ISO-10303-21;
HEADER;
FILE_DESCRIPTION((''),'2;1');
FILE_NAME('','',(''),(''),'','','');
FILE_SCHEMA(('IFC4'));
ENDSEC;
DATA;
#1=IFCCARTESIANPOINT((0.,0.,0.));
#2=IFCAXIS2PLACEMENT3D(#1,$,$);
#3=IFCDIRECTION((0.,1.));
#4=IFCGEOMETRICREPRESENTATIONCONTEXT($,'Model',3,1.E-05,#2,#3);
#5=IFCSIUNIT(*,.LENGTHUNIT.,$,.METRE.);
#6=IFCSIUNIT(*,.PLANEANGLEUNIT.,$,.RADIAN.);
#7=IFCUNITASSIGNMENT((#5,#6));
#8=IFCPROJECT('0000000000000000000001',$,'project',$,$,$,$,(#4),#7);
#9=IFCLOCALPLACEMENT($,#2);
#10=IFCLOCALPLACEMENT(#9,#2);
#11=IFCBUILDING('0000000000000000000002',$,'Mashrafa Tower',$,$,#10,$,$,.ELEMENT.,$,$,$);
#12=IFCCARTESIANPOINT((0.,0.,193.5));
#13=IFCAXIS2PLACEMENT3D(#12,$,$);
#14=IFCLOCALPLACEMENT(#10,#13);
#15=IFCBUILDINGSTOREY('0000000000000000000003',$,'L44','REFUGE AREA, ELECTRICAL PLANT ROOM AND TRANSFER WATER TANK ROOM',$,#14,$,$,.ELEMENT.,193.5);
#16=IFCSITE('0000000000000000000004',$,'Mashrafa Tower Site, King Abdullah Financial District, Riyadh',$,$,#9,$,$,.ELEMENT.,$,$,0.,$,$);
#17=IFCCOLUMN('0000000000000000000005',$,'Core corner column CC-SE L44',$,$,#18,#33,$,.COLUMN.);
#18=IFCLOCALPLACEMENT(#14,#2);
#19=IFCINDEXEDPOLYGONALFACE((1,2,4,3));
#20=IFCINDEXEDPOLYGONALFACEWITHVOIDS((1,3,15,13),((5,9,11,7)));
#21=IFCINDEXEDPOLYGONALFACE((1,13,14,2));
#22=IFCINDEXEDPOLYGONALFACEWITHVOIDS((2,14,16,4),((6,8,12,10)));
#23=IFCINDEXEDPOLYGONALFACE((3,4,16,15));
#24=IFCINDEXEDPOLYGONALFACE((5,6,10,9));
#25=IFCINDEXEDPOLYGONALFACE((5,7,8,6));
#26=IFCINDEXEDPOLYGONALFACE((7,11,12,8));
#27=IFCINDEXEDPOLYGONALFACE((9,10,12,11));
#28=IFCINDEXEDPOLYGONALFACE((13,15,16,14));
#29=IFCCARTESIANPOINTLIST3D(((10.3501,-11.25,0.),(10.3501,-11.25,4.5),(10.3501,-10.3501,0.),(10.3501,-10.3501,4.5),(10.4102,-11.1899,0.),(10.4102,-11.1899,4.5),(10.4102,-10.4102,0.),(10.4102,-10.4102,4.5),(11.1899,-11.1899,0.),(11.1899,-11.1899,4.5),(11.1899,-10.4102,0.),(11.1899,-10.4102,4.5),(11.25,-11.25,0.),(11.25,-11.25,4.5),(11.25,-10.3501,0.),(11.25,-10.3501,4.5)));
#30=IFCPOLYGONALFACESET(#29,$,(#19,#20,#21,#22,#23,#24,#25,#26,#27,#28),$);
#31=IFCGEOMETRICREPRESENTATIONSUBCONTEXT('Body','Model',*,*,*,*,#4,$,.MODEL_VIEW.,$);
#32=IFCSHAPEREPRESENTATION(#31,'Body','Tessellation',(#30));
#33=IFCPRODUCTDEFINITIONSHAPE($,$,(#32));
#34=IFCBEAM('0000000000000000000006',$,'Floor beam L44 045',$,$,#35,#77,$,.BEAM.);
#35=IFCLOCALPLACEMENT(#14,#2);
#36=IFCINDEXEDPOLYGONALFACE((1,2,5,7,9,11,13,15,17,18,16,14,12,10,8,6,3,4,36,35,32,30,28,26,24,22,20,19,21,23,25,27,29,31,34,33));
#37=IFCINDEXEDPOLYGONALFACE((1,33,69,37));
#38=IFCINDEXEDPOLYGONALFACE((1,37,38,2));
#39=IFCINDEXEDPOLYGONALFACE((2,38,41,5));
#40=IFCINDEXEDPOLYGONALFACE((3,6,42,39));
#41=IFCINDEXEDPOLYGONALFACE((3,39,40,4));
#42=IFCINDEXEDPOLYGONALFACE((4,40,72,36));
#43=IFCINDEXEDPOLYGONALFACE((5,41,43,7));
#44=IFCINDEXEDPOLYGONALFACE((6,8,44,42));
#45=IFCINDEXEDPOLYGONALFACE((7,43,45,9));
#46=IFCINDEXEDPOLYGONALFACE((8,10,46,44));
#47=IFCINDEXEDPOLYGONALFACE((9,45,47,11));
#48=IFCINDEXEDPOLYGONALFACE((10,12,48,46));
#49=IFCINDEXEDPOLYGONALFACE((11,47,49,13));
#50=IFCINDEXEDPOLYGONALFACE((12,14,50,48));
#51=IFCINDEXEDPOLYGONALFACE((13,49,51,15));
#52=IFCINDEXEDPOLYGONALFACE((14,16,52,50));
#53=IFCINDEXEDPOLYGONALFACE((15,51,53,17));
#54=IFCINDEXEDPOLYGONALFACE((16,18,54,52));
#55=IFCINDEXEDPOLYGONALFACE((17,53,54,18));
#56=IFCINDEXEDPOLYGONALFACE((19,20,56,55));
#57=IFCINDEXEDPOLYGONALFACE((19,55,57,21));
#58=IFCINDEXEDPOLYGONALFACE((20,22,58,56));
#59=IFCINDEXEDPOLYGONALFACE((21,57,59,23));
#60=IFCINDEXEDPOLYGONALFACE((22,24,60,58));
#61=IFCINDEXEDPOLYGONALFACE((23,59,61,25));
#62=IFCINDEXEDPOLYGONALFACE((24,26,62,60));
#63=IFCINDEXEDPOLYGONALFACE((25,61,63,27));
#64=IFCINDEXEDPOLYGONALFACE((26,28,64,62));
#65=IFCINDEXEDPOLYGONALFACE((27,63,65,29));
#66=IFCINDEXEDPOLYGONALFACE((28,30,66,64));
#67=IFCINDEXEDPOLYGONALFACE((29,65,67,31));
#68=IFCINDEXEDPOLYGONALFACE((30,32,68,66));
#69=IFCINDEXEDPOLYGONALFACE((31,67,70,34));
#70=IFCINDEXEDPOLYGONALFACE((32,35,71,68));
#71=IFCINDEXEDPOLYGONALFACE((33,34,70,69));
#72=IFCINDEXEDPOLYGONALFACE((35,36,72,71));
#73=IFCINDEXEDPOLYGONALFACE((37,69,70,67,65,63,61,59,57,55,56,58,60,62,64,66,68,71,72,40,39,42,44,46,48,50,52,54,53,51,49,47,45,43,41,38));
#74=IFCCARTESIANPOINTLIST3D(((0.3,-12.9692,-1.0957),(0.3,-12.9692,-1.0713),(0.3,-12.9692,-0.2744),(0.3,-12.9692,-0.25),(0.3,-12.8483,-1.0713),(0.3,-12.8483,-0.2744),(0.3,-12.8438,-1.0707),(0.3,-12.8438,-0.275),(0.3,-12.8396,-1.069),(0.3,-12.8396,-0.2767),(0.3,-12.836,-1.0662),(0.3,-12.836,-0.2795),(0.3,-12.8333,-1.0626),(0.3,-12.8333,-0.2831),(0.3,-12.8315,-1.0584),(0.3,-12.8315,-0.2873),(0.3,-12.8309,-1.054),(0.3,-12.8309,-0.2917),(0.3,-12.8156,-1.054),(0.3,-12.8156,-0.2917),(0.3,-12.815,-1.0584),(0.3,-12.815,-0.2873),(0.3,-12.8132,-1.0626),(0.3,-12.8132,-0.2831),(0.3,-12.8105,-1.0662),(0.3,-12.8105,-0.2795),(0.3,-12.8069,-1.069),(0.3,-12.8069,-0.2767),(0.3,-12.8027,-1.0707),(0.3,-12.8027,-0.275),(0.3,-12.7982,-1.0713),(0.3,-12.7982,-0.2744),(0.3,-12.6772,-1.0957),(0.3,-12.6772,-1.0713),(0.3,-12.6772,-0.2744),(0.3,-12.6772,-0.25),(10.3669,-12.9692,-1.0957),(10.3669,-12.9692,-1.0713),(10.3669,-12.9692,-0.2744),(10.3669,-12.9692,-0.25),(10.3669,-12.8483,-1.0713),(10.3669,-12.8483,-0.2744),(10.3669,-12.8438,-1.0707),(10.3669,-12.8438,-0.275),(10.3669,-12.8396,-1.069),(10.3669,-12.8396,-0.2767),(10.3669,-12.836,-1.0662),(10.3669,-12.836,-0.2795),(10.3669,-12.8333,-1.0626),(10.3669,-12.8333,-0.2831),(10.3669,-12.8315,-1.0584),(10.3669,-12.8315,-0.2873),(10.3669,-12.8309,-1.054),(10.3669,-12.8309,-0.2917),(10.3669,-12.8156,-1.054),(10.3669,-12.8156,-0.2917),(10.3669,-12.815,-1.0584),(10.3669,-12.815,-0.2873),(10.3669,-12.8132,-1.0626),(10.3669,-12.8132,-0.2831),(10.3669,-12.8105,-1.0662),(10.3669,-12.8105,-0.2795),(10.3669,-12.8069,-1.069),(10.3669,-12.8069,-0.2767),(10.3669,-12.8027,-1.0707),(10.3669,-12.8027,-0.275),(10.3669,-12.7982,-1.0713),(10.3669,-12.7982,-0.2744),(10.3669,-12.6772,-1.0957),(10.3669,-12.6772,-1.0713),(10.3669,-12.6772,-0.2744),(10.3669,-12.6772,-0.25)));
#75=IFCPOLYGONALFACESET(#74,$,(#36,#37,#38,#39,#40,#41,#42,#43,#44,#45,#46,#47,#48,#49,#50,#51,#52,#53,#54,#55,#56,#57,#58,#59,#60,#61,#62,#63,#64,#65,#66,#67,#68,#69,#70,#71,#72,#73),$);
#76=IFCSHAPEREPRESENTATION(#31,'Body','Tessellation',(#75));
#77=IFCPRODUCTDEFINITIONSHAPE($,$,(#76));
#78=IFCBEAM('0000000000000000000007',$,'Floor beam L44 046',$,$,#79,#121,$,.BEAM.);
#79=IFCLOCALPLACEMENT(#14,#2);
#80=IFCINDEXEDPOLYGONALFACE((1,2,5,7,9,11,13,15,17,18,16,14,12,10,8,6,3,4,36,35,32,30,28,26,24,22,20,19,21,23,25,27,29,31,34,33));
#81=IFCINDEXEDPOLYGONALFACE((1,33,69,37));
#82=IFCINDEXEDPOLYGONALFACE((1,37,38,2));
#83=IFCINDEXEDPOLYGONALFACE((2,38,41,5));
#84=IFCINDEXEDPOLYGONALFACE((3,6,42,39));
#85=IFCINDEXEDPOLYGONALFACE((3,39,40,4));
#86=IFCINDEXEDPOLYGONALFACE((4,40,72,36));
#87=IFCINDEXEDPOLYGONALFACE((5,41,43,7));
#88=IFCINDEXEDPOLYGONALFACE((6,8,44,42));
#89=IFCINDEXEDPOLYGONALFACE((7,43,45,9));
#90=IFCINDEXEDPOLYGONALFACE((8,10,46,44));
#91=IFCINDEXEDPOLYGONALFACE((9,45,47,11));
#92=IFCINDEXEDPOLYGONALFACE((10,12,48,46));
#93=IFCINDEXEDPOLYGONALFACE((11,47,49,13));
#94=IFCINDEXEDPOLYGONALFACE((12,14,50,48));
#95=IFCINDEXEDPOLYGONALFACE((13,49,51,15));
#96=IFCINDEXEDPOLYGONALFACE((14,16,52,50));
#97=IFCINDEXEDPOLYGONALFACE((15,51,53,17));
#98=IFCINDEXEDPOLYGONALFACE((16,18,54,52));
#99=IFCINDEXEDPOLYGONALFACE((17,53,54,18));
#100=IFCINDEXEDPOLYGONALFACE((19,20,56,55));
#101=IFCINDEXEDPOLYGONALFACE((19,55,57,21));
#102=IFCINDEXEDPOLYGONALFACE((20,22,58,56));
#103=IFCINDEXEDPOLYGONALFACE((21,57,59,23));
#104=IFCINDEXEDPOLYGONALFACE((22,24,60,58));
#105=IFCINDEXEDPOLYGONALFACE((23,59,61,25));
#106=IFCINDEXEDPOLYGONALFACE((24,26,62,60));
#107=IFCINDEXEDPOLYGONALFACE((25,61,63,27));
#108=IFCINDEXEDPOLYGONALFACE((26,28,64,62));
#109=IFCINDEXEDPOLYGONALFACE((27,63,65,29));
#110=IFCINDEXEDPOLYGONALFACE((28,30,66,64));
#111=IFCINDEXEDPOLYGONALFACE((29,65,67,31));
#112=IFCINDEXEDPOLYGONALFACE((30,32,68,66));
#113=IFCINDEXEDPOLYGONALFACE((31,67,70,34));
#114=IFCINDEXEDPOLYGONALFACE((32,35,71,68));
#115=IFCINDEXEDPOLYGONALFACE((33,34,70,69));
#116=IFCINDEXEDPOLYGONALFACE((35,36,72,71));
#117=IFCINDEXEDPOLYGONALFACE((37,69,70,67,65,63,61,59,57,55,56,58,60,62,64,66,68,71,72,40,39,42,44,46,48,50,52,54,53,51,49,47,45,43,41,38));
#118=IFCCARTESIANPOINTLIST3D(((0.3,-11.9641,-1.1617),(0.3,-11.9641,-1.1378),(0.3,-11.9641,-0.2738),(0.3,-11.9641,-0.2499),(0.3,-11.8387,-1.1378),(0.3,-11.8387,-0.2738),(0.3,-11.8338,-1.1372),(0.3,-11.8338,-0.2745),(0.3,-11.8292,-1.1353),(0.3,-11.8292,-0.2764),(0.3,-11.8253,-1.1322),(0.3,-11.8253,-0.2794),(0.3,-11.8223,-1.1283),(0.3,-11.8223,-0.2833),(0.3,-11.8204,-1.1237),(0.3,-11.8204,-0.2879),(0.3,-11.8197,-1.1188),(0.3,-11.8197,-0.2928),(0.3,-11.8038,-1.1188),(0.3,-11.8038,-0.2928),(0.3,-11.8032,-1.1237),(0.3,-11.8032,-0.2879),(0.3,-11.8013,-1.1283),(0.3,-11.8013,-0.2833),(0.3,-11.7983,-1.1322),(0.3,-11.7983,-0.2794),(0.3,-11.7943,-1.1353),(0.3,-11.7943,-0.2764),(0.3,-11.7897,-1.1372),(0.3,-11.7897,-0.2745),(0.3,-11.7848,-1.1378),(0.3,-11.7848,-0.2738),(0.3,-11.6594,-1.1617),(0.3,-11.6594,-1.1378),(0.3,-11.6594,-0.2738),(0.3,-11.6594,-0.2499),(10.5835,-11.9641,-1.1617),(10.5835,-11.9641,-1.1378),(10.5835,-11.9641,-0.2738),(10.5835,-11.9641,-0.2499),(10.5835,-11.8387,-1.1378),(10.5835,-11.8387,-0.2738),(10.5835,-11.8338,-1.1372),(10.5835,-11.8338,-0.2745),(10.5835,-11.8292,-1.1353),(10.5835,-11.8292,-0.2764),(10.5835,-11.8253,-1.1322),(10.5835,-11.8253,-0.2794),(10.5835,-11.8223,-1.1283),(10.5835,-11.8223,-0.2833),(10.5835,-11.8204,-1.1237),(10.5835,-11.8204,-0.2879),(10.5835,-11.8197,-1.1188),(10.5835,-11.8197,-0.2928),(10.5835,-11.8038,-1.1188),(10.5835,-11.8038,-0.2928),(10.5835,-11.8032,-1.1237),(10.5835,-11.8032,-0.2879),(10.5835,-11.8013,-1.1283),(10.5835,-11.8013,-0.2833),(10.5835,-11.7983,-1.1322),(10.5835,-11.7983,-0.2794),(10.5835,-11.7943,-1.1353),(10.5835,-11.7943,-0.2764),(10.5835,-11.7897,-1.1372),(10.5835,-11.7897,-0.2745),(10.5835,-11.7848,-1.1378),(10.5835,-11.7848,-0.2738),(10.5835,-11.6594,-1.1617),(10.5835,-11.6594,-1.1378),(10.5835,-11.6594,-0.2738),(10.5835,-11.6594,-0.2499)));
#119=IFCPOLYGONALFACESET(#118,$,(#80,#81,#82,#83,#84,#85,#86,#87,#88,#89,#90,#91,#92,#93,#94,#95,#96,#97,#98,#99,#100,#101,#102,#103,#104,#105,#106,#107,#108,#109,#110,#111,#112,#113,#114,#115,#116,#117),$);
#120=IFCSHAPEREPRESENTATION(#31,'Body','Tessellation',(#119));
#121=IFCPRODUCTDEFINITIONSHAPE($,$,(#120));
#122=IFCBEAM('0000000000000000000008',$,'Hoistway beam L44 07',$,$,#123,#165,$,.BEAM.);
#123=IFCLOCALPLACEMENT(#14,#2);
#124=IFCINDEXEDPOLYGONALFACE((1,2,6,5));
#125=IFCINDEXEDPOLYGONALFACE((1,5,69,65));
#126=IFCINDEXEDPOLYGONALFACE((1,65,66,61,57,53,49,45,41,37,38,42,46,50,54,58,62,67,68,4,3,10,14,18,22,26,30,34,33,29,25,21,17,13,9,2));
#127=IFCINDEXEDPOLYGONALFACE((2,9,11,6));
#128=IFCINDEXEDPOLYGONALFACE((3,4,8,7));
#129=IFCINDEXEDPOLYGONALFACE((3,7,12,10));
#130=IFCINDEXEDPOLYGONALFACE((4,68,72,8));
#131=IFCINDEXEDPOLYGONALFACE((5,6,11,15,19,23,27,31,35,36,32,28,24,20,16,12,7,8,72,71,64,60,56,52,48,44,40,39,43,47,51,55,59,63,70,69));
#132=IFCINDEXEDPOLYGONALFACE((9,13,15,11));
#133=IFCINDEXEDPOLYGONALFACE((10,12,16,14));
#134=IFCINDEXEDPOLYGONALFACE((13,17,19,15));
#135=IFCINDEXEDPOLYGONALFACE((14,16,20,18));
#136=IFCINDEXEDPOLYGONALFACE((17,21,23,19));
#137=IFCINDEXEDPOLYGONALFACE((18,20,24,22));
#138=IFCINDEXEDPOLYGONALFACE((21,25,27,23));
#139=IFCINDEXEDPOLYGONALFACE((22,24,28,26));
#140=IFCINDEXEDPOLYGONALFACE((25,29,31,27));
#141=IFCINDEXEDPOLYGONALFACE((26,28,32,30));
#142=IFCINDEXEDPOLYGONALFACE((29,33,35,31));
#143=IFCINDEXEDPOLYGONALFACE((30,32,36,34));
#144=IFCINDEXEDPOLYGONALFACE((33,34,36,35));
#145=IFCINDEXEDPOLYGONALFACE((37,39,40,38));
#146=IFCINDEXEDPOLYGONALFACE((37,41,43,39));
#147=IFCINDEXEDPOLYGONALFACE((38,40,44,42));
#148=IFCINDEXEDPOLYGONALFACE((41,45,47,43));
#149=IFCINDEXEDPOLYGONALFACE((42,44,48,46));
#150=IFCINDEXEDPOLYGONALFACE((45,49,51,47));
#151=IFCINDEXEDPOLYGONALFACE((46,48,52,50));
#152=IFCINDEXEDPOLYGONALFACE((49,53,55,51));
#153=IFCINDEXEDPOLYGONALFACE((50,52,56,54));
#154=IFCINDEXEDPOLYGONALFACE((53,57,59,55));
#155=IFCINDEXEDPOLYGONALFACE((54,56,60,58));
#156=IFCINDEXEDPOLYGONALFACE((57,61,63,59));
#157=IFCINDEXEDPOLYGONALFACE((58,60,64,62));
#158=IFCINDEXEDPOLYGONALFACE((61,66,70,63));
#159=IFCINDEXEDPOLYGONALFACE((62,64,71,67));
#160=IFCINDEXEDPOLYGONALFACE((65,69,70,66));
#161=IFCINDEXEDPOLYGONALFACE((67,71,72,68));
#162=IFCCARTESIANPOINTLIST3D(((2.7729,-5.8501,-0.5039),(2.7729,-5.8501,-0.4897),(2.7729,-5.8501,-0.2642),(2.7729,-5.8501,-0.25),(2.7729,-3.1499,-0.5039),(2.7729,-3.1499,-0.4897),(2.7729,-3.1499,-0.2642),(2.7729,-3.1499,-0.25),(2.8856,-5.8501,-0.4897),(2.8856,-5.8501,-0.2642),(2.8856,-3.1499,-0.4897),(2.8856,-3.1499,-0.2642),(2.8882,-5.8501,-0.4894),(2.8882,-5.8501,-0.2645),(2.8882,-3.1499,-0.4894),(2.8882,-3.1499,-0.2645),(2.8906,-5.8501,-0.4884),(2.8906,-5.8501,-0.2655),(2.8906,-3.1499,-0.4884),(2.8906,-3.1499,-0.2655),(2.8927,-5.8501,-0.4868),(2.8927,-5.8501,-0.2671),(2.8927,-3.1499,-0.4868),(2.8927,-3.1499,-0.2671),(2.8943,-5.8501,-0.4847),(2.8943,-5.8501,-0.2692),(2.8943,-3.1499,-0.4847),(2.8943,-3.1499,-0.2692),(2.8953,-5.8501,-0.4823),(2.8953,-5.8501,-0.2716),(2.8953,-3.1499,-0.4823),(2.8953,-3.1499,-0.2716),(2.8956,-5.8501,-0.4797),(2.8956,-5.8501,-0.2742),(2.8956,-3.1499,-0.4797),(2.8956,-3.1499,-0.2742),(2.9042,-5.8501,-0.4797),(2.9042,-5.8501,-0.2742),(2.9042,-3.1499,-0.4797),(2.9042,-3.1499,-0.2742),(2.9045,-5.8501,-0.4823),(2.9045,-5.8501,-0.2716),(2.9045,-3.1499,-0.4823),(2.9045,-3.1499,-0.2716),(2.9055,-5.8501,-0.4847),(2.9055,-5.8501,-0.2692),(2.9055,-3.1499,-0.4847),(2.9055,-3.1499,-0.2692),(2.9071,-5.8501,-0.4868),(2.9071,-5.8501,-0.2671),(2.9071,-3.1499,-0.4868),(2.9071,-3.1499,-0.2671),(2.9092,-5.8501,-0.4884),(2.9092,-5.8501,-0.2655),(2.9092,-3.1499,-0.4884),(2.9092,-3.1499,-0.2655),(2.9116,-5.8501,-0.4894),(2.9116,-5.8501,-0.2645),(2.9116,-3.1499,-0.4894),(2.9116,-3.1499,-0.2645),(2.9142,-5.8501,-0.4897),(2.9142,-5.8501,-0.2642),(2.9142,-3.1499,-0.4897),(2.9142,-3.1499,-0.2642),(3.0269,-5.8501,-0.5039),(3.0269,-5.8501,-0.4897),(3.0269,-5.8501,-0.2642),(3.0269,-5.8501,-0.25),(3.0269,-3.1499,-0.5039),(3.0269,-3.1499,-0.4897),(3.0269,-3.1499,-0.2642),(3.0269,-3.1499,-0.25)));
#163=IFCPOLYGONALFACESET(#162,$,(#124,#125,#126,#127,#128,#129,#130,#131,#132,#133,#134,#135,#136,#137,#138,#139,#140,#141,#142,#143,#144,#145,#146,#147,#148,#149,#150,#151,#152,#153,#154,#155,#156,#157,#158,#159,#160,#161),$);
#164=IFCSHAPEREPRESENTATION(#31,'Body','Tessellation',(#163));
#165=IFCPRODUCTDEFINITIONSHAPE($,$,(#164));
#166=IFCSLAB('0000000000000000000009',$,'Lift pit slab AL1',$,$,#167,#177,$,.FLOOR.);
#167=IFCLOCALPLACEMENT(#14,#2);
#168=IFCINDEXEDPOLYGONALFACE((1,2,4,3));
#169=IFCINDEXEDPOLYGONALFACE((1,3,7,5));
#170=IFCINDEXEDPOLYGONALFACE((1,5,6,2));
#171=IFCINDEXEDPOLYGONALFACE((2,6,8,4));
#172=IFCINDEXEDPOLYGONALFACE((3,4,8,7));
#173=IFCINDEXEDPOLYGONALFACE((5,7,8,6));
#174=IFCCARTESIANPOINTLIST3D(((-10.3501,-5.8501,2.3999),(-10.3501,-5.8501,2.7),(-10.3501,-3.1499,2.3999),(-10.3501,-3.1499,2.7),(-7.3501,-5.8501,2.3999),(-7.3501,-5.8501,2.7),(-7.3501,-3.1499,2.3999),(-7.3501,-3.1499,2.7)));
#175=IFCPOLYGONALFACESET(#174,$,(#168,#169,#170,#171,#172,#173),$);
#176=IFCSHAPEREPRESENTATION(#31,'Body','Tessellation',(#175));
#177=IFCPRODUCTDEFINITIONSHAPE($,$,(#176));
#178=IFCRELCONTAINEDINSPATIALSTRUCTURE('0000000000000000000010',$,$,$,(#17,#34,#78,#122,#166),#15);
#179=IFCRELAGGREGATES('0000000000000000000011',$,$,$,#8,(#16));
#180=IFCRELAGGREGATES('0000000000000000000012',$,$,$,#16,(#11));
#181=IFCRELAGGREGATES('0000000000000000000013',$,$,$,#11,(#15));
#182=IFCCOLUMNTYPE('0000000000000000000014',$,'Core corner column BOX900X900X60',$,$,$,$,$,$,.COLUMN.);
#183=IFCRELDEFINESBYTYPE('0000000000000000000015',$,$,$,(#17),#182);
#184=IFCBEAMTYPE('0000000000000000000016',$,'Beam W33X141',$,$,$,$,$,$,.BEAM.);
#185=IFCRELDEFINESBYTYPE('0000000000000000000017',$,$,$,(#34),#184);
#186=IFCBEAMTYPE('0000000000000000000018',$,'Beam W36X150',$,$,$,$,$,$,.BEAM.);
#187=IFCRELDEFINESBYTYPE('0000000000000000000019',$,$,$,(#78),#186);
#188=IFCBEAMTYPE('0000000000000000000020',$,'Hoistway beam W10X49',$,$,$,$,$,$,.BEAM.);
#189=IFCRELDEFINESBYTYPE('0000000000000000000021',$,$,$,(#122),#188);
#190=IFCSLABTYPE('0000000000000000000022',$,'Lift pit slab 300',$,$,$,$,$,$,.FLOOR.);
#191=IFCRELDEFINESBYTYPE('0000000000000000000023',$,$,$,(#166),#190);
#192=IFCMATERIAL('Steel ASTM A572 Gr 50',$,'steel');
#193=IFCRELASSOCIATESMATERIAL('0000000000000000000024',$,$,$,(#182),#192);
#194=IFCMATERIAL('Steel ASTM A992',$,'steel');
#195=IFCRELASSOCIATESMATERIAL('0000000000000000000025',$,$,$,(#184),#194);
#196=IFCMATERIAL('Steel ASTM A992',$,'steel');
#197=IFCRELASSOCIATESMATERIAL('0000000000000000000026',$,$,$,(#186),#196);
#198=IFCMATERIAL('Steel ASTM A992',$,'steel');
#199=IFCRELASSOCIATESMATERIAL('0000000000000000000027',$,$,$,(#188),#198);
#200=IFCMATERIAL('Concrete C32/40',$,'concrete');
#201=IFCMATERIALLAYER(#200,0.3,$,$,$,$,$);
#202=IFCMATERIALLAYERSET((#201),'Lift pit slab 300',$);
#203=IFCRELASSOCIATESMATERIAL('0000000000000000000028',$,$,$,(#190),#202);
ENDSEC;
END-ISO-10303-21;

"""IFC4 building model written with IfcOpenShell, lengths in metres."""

from ifc_helpers import new_model, si_unit, direction, frame, origin, origin_2d, place, context, subcontext, project, spatial, polyline, hollow_rectangle, i_section, outline, extrude, material, layer, layer_set, material_profile, profile_set, type_object, element, save


model = new_model("IFC4")

# Units and contexts
model_context = context("Model", 3, precision=1e-05, world=origin(), true_north=direction((0.0, 1.0)))
body_context = subcontext(model_context, "Body", "Model", "MODEL_VIEW")
ifc_project = project(units=[si_unit("LENGTHUNIT", "METRE"), si_unit("PLANEANGLEUNIT", "RADIAN")], contexts=[model_context])

# Site, building, storey
site_placement = place(None, origin())
site = spatial("IfcSite", under=ifc_project, at=site_placement, Name="Mashrafa Tower Site, King Abdullah Financial District, Riyadh", CompositionType="ELEMENT", RefElevation=0.0)
building_placement = place(site_placement, origin())
building = spatial("IfcBuilding", under=site, at=building_placement, Name="Mashrafa Tower", CompositionType="ELEMENT")
storey_placement = place(building_placement, frame((0.0, 0.0, 193.5)))
storey = spatial("IfcBuildingStorey", under=building, at=storey_placement, Name="L44", Description="REFUGE AREA, ELECTRICAL PLANT ROOM AND TRANSFER WATER TANK ROOM", CompositionType="ELEMENT", Elevation=193.5)

# Column
ifc_material_1 = material(Name="Steel ASTM A572 Gr 50", Category="steel")
ifc_material_profile_1 = material_profile(ifc_material_1, hollow_rectangle(XDim=0.8999, YDim=0.8999, WallThickness=0.0601, at=origin_2d()), Name="BOX900X900X60")
ifc_profile_set_1 = profile_set([ifc_material_profile_1], Name="Steel ASTM A572 Gr 50")
column_type = type_object("IfcColumnType", Name="Core corner column BOX900X900X60", PredefinedType="COLUMN", material=ifc_profile_set_1)
column_placement = place(storey_placement, frame((10.8, -10.8, 0.0), z_axis=(0.0, 0.0, 1.0), x_axis=(1.0, 0.0, 0.0)))
element("IfcColumn", 1, at=column_placement, inside=storey, type_object=column_type, Name="Core corner column CC-SE L44", PredefinedType="COLUMN", context=body_context, shape_type="SweptSolid", body=[
    extrude(hollow_rectangle(XDim=0.8999, YDim=0.8999, WallThickness=0.0601, at=origin_2d()), origin(), (0.0, 0.0, 1.0), 4.5),
])

# Beams
ifc_material_2 = material(Name="Steel ASTM A992", Category="steel")
ifc_material_profile_2 = material_profile(ifc_material_2, i_section(OverallWidth=0.292, OverallDepth=0.8457, WebThickness=0.0154, FlangeThickness=0.0244, FilletRadius=0.0173, at=origin_2d()), Name="W33X141")
ifc_profile_set_2 = profile_set([ifc_material_profile_2], Name="Steel ASTM A992")
beam_type_1 = type_object("IfcBeamType", Name="Beam W33X141", PredefinedType="BEAM", material=ifc_profile_set_2)
beam_1_placement = place(storey_placement, frame((10.3669, -12.8232, -0.6729), z_axis=(-1.0, 0.0, 0.0), x_axis=(0.0, -1.0, 0.0)))
element("IfcBeam", 2, at=beam_1_placement, inside=storey, type_object=beam_type_1, Name="Floor beam L44 045", PredefinedType="BEAM", context=body_context, shape_type="SweptSolid", body=[
    extrude(i_section(OverallWidth=0.292, OverallDepth=0.8457, WebThickness=0.0154, FlangeThickness=0.0244, FilletRadius=0.0173, at=origin_2d()), origin(), (0.0, 0.0, 1.0), 10.0669),
])
ifc_material_3 = material(Name="Steel ASTM A992", Category="steel")
ifc_material_profile_3 = material_profile(ifc_material_3, i_section(OverallWidth=0.3047, OverallDepth=0.9119, WebThickness=0.0159, FlangeThickness=0.0239, FilletRadius=0.019, at=origin_2d()), Name="W36X150")
ifc_profile_set_3 = profile_set([ifc_material_profile_3], Name="Steel ASTM A992")
beam_type_2 = type_object("IfcBeamType", Name="Beam W36X150", PredefinedType="BEAM", material=ifc_profile_set_3)
beam_2_placement = place(storey_placement, frame((10.5835, -11.8118, -0.7058), z_axis=(-1.0, 0.0, 0.0), x_axis=(0.0, -1.0, 0.0)))
element("IfcBeam", 3, at=beam_2_placement, inside=storey, type_object=beam_type_2, Name="Floor beam L44 046", PredefinedType="BEAM", context=body_context, shape_type="SweptSolid", body=[
    extrude(i_section(OverallWidth=0.3047, OverallDepth=0.9119, WebThickness=0.0159, FlangeThickness=0.0239, FilletRadius=0.019, at=origin_2d()), origin(), (0.0, 0.0, 1.0), 10.2834),
])
ifc_material_4 = material(Name="Steel ASTM A992", Category="steel")
ifc_material_profile_4 = material_profile(ifc_material_4, i_section(OverallWidth=0.2539, OverallDepth=0.2539, WebThickness=0.0085, FlangeThickness=0.0142, FilletRadius=0.01, at=origin_2d()), Name="W10X49")
ifc_profile_set_4 = profile_set([ifc_material_profile_4], Name="Steel ASTM A992")
beam_type_3 = type_object("IfcBeamType", Name="Hoistway beam W10X49", PredefinedType="BEAM", material=ifc_profile_set_4)
beam_3_placement = place(storey_placement, frame((2.8999, -5.8501, -0.377), z_axis=(0.0, 1.0, 0.0), x_axis=(-1.0, 0.0, 0.0)))
element("IfcBeam", 4, at=beam_3_placement, inside=storey, type_object=beam_type_3, Name="Hoistway beam L44 07", PredefinedType="BEAM", context=body_context, shape_type="SweptSolid", body=[
    extrude(i_section(OverallWidth=0.2539, OverallDepth=0.2539, WebThickness=0.0085, FlangeThickness=0.0142, FilletRadius=0.01, at=origin_2d()), origin(), (0.0, 0.0, 1.0), 2.7002),
])

# Slab
ifc_material_5 = material(Name="Concrete C32/40", Category="concrete")
ifc_layer_1 = layer(ifc_material_5, 0.3)
ifc_layer_set_1 = layer_set([ifc_layer_1], Name="Lift pit slab 300")
slab_type_1 = type_object("IfcSlabType", Name="Lift pit slab 300", PredefinedType="FLOOR", material=ifc_layer_set_1)
slab_1_placement = place(storey_placement, frame((0.0, 0.0, 2.3999)))
element("IfcSlab", 5, at=slab_1_placement, inside=storey, type_object=slab_type_1, Name="Lift pit slab AL1", PredefinedType="FLOOR", context=body_context, shape_type="SweptSolid", body=[
    extrude(outline(polyline([(-10.3501, -5.8501), (-7.3501, -5.8501), (-7.3501, -3.1499), (-10.3501, -3.1499), (-10.3501, -5.8501)])), origin(), (0.0, 0.0, 1.0), 0.3),
])

save(model, "model.ifc")
